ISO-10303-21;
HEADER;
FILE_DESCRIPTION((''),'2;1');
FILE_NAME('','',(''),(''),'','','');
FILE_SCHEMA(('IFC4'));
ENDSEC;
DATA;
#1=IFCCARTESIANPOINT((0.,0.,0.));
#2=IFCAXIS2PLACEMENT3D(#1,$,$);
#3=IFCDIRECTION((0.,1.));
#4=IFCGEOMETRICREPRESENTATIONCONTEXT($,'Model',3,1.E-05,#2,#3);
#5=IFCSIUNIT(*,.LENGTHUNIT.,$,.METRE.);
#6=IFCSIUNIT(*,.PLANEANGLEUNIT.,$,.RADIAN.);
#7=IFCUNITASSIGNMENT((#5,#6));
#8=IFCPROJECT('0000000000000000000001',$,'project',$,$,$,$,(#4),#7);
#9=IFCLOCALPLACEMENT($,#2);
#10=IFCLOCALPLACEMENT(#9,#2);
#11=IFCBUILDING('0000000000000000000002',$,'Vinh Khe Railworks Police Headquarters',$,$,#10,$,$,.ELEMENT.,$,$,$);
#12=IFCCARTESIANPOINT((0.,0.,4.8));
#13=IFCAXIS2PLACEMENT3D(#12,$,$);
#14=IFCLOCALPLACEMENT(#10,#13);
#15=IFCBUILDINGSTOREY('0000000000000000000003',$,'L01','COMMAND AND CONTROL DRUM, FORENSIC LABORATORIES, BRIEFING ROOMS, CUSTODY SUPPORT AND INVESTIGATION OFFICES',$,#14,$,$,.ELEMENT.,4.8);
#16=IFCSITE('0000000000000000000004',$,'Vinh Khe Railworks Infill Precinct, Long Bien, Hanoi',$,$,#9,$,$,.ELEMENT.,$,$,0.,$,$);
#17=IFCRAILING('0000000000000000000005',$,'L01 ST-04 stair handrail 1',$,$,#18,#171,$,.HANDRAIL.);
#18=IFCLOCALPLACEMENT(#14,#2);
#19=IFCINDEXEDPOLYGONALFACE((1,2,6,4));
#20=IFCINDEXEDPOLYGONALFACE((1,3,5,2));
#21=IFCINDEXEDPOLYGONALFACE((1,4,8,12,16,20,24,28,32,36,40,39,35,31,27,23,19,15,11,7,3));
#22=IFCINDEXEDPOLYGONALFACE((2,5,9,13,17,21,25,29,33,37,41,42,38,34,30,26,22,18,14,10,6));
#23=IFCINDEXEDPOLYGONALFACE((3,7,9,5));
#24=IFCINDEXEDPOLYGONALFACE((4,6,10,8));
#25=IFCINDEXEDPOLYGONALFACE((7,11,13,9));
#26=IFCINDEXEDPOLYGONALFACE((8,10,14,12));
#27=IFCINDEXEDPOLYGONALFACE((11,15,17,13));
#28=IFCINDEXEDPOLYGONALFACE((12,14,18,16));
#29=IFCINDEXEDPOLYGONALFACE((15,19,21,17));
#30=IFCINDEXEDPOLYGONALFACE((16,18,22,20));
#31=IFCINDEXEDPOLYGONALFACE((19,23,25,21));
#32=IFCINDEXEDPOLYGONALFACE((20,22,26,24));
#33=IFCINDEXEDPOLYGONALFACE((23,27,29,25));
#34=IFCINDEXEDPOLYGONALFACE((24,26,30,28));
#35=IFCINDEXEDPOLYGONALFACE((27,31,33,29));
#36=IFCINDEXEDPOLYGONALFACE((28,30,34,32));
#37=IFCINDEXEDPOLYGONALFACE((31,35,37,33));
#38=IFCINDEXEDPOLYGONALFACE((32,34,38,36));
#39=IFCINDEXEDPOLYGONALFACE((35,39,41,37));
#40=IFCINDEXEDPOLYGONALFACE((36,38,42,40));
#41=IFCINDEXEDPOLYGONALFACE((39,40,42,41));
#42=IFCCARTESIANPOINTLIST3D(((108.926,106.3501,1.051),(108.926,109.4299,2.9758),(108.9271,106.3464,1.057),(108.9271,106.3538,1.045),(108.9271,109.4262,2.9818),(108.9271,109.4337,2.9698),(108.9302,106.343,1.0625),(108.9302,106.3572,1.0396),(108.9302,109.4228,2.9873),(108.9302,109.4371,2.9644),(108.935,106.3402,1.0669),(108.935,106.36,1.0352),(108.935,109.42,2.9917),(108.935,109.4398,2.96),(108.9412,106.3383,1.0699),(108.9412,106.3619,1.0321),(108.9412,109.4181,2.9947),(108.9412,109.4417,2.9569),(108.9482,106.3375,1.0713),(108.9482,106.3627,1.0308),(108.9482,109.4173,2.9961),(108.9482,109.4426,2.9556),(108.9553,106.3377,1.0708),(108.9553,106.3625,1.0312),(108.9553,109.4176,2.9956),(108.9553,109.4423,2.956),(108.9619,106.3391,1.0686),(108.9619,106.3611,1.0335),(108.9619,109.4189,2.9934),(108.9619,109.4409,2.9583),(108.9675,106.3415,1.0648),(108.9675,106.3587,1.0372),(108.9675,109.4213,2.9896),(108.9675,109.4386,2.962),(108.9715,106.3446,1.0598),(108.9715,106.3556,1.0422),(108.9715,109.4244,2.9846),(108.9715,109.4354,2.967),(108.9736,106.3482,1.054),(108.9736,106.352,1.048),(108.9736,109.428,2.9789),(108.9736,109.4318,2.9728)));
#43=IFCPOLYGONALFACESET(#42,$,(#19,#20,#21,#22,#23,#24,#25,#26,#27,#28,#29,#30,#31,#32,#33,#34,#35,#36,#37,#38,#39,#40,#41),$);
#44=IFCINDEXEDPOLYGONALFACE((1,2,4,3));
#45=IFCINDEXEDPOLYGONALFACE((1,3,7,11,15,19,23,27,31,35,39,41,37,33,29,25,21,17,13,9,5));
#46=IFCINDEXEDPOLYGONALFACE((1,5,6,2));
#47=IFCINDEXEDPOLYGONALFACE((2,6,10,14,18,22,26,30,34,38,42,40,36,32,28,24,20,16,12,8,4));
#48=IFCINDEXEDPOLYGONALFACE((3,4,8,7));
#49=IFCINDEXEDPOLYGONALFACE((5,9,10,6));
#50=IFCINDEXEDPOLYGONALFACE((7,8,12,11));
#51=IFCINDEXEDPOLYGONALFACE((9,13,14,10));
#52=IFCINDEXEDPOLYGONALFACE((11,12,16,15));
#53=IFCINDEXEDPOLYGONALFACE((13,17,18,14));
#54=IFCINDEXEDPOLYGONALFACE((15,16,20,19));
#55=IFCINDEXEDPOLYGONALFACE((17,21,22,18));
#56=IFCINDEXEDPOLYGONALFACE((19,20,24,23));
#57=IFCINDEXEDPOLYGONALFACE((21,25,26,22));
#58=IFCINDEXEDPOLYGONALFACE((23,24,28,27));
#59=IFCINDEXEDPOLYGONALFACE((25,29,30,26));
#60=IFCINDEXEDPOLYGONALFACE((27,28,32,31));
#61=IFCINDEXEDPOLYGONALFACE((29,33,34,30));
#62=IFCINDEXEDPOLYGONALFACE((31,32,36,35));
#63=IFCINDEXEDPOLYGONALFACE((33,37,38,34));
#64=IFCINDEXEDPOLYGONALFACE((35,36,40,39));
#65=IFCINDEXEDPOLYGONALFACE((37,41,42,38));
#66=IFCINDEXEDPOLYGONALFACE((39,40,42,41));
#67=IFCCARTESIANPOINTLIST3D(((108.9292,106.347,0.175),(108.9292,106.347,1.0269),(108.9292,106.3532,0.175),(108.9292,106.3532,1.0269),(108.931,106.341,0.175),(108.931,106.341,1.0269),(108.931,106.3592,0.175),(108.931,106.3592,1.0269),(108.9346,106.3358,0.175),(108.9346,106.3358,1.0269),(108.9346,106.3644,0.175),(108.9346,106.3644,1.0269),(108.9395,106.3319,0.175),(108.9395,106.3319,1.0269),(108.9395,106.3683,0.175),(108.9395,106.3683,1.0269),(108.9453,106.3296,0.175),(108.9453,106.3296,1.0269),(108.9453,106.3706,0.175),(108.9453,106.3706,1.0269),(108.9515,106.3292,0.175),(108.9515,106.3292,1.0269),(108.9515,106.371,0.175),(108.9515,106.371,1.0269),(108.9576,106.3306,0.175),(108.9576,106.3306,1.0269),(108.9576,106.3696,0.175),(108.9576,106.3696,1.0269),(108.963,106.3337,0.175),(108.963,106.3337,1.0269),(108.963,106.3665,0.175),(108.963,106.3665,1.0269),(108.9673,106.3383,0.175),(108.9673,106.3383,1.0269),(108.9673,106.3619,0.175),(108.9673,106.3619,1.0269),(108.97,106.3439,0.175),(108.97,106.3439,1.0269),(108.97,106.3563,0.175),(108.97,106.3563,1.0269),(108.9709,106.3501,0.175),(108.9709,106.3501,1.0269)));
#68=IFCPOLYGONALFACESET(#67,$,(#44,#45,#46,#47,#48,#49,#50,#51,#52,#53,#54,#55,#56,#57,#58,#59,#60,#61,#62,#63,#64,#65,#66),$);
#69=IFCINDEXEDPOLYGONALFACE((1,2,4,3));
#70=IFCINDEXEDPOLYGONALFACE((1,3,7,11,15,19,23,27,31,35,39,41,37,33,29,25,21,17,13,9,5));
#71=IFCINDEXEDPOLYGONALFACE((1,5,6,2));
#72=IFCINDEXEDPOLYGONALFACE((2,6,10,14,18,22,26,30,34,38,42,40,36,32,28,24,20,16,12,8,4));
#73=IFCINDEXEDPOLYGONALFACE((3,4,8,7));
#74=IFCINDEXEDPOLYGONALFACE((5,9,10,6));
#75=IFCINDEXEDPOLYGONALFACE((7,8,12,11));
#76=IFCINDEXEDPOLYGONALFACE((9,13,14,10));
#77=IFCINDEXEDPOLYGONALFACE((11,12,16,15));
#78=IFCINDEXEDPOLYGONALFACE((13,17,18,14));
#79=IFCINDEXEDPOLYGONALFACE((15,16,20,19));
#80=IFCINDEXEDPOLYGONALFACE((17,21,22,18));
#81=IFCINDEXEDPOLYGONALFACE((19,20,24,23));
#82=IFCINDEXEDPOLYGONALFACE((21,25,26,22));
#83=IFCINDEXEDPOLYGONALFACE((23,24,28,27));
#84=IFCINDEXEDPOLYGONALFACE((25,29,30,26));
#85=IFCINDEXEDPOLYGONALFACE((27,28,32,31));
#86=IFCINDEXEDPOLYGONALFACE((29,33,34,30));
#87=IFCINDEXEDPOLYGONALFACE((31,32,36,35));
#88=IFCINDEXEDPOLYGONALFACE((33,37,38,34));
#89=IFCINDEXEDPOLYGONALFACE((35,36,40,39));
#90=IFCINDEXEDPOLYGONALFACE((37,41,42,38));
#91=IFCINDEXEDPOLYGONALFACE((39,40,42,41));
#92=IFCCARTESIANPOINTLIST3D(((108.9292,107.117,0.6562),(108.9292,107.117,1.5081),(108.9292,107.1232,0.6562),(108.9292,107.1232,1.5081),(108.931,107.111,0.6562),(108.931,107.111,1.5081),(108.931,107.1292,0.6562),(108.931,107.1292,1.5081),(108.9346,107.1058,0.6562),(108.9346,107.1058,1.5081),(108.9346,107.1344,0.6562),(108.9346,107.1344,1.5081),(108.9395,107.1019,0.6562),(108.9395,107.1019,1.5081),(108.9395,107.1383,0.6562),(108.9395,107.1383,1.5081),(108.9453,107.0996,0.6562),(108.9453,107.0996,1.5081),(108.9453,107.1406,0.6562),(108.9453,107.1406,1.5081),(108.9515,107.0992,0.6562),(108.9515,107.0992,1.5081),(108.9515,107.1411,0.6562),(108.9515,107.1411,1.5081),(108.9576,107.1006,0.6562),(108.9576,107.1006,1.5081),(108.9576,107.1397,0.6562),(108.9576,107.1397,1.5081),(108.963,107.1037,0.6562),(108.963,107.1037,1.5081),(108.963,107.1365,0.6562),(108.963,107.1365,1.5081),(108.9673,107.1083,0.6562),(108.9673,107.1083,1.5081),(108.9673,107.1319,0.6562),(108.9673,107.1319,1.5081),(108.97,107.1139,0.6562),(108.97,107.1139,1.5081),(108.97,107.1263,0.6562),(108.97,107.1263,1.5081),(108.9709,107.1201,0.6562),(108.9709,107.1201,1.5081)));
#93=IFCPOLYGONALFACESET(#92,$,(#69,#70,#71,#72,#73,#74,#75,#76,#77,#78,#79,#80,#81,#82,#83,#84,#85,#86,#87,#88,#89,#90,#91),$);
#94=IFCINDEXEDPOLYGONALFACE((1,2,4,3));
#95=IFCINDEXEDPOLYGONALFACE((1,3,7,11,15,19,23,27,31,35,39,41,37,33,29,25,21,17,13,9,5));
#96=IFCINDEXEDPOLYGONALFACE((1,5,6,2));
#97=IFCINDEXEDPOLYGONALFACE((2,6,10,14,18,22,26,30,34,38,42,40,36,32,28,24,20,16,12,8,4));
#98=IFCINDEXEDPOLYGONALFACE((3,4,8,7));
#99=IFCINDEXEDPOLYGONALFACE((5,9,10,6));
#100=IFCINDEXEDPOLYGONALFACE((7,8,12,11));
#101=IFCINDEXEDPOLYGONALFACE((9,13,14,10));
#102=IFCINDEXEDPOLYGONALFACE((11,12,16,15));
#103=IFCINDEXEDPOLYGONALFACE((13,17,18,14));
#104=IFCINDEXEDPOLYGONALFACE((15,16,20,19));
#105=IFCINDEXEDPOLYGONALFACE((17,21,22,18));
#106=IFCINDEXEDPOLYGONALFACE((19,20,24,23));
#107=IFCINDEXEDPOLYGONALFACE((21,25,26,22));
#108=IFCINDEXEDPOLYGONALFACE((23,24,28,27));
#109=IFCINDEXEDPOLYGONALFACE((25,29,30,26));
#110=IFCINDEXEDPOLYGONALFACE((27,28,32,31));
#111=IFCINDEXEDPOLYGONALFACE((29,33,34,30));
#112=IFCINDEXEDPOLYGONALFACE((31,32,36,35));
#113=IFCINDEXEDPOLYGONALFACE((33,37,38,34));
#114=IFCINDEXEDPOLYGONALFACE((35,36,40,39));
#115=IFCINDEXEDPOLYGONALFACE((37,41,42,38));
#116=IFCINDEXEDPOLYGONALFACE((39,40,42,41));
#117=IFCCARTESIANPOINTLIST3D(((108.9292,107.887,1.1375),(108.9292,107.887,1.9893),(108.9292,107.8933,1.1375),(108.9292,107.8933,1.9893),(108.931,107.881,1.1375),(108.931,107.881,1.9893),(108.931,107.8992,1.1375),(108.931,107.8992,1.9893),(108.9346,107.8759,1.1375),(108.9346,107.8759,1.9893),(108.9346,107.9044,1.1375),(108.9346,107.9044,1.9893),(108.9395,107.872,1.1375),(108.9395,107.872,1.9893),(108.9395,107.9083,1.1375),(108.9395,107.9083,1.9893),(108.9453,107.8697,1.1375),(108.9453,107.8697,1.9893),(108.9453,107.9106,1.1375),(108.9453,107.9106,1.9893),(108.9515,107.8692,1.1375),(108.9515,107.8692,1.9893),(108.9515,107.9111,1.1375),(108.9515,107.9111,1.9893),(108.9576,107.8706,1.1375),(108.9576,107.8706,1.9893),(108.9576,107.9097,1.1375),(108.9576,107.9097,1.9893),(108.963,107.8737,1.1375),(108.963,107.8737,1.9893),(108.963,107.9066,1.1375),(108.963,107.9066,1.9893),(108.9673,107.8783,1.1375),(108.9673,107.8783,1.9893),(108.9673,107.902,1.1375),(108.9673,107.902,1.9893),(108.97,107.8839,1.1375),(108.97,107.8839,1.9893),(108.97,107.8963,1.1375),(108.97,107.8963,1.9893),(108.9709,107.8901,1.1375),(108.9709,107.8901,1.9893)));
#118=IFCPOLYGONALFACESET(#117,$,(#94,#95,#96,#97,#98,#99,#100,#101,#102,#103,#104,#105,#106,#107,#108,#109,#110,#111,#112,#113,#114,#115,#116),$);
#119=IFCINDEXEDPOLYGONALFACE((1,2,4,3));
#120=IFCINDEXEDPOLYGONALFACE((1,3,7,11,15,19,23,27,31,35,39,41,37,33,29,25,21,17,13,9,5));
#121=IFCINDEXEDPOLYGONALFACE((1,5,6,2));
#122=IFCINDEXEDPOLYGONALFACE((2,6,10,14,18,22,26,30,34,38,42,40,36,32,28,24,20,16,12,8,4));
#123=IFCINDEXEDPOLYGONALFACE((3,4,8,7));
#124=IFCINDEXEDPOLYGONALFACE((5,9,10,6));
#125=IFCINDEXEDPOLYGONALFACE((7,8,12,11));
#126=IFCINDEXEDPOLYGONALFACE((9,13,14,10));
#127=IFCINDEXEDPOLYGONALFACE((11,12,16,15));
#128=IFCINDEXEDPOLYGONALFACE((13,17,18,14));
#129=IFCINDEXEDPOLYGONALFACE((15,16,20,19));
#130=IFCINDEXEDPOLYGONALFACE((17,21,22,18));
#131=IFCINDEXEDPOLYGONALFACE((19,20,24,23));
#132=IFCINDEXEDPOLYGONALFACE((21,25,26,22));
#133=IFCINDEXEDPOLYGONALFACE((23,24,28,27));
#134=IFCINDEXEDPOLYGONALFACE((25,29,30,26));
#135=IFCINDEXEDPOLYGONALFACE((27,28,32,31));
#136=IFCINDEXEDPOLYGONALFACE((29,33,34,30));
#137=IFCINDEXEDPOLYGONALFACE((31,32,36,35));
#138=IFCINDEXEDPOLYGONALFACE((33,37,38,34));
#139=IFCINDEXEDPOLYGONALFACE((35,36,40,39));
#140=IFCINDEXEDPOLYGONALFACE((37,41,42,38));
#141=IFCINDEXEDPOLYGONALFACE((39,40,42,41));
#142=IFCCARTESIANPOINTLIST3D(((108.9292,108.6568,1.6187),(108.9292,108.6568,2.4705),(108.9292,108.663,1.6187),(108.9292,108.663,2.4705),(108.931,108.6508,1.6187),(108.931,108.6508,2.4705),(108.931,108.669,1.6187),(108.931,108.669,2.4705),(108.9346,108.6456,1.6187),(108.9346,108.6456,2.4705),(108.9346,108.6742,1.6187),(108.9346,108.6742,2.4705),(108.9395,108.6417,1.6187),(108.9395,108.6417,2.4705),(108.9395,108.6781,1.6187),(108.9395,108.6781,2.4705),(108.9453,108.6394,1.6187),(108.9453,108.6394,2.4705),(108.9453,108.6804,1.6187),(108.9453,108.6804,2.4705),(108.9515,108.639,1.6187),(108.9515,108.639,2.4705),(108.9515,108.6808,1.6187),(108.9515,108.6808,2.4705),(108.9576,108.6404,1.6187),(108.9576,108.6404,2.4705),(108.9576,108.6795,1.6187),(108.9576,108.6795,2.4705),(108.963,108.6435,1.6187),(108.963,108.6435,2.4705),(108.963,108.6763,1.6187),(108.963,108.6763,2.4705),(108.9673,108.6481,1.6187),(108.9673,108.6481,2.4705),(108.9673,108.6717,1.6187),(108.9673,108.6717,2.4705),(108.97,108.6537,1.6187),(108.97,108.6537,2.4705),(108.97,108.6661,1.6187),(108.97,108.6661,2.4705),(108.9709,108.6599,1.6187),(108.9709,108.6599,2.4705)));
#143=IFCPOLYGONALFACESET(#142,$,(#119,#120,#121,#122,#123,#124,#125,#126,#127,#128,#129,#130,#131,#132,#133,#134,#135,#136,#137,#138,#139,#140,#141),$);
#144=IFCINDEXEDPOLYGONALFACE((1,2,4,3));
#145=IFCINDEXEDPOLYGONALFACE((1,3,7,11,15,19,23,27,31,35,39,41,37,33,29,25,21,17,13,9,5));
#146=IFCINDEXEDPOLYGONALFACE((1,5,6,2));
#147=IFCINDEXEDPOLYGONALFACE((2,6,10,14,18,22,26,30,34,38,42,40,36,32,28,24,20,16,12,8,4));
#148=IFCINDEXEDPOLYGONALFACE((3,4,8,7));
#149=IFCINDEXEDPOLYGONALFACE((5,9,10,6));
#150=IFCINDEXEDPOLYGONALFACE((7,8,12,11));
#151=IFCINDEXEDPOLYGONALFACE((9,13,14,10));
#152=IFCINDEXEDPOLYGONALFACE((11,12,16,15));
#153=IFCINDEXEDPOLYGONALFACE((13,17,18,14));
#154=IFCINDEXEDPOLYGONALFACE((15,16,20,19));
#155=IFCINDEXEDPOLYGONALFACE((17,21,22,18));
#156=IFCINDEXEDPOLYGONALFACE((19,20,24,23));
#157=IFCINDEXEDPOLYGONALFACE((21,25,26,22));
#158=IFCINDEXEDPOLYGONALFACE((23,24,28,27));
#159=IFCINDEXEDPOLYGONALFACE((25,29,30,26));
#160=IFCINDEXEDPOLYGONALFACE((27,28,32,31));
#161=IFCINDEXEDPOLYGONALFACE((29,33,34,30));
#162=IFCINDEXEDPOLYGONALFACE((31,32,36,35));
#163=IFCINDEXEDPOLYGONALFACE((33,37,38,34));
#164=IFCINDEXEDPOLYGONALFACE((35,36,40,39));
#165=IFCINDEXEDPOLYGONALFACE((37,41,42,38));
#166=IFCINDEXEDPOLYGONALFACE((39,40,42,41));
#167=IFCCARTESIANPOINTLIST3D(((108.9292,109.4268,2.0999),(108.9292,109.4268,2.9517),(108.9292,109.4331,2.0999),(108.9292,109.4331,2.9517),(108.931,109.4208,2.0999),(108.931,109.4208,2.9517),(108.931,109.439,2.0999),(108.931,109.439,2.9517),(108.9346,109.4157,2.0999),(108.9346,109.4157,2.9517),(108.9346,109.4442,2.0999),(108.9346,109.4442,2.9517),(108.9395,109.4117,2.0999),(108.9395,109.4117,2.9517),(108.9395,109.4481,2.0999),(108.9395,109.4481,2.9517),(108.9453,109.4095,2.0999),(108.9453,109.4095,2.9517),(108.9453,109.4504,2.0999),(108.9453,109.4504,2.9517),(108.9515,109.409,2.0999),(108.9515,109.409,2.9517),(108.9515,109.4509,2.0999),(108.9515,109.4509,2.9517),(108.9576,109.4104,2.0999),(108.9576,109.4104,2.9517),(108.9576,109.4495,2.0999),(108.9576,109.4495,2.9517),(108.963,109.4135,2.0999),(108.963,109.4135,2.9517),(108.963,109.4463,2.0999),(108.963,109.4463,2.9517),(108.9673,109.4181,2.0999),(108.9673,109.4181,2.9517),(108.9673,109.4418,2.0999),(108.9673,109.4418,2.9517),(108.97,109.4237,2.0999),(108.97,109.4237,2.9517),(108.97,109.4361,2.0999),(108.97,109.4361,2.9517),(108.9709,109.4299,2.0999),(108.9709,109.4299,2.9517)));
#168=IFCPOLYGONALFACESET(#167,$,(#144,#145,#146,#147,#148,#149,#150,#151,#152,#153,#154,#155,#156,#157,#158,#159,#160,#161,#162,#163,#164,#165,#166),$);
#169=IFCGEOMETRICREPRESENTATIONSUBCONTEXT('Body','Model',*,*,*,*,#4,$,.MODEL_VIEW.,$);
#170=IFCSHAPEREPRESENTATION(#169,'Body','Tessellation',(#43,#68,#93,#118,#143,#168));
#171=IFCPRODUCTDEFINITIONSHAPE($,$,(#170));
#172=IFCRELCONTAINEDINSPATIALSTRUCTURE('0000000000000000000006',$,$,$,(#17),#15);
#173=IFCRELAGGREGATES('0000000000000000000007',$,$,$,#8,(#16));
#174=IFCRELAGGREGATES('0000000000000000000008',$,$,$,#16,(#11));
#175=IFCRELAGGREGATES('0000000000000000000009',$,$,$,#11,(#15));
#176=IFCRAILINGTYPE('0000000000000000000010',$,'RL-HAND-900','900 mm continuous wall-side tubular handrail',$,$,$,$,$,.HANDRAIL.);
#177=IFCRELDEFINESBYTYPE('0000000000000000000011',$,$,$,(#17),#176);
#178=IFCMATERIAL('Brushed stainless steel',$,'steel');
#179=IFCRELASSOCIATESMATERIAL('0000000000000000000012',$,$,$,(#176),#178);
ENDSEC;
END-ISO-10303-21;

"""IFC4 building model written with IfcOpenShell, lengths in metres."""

from ifc_helpers import new_model, si_unit, direction, frame, origin, origin_2d, place, context, subcontext, project, spatial, circle, extrude, material, type_object, element, save


model = new_model("IFC4")

# Units and contexts
model_context = context("Model", 3, precision=1e-05, world=origin(), true_north=direction((0.0, 1.0)))
body_context = subcontext(model_context, "Body", "Model", "MODEL_VIEW")
ifc_project = project(units=[si_unit("LENGTHUNIT", "METRE"), si_unit("PLANEANGLEUNIT", "RADIAN")], contexts=[model_context])

# Site, building, storey
site_placement = place(None, origin())
site = spatial("IfcSite", under=ifc_project, at=site_placement, Name="Vinh Khe Railworks Infill Precinct, Long Bien, Hanoi", CompositionType="ELEMENT", RefElevation=0.0)
building_placement = place(site_placement, origin())
building = spatial("IfcBuilding", under=site, at=building_placement, Name="Vinh Khe Railworks Police Headquarters", CompositionType="ELEMENT")
storey_placement = place(building_placement, frame((0.0, 0.0, 4.8)))
storey = spatial("IfcBuildingStorey", under=building, at=storey_placement, Name="L01", Description="COMMAND AND CONTROL DRUM, FORENSIC LABORATORIES, BRIEFING ROOMS, CUSTODY SUPPORT AND INVESTIGATION OFFICES", CompositionType="ELEMENT", Elevation=4.8)

# Railing
ifc_material_1 = material(Name="Brushed stainless steel", Category="steel")
railing_type_1 = type_object("IfcRailingType", Name="RL-HAND-900", Description="900 mm continuous wall-side tubular handrail", PredefinedType="HANDRAIL", material=ifc_material_1)
railing_1_placement = place(storey_placement, frame((108.95, 106.3501, 0.175)))
element("IfcRailing", 1, at=railing_1_placement, inside=storey, type_object=railing_type_1, Name="L01 ST-04 stair handrail 1", PredefinedType="HANDRAIL", context=body_context, shape_type="SweptSolid", body=[
    extrude(circle(Radius=0.0239, at=origin_2d()), frame((0.0, 0.0, 0.876), z_axis=(0.0, 0.84801, 0.529981), x_axis=(-1.0, 0.0, 0.0)), (0.0, 0.0, 1.0), 3.6318),
    extrude(circle(Radius=0.021, at=origin_2d()), origin(), (0.0, 0.0, 1.0), 0.8518),
    extrude(circle(Radius=0.021, at=origin_2d()), frame((0.0, 0.77, 0.4812)), (0.0, 0.0, 1.0), 0.8518),
    extrude(circle(Radius=0.021, at=origin_2d()), frame((0.0, 1.54, 0.9624)), (0.0, 0.0, 1.0), 0.8518),
    extrude(circle(Radius=0.021, at=origin_2d()), frame((0.0, 2.3098, 1.4436)), (0.0, 0.0, 1.0), 0.8518),
    extrude(circle(Radius=0.021, at=origin_2d()), frame((0.0, 3.0798, 1.9248)), (0.0, 0.0, 1.0), 0.8518),
])

save(model, "model.ifc")
